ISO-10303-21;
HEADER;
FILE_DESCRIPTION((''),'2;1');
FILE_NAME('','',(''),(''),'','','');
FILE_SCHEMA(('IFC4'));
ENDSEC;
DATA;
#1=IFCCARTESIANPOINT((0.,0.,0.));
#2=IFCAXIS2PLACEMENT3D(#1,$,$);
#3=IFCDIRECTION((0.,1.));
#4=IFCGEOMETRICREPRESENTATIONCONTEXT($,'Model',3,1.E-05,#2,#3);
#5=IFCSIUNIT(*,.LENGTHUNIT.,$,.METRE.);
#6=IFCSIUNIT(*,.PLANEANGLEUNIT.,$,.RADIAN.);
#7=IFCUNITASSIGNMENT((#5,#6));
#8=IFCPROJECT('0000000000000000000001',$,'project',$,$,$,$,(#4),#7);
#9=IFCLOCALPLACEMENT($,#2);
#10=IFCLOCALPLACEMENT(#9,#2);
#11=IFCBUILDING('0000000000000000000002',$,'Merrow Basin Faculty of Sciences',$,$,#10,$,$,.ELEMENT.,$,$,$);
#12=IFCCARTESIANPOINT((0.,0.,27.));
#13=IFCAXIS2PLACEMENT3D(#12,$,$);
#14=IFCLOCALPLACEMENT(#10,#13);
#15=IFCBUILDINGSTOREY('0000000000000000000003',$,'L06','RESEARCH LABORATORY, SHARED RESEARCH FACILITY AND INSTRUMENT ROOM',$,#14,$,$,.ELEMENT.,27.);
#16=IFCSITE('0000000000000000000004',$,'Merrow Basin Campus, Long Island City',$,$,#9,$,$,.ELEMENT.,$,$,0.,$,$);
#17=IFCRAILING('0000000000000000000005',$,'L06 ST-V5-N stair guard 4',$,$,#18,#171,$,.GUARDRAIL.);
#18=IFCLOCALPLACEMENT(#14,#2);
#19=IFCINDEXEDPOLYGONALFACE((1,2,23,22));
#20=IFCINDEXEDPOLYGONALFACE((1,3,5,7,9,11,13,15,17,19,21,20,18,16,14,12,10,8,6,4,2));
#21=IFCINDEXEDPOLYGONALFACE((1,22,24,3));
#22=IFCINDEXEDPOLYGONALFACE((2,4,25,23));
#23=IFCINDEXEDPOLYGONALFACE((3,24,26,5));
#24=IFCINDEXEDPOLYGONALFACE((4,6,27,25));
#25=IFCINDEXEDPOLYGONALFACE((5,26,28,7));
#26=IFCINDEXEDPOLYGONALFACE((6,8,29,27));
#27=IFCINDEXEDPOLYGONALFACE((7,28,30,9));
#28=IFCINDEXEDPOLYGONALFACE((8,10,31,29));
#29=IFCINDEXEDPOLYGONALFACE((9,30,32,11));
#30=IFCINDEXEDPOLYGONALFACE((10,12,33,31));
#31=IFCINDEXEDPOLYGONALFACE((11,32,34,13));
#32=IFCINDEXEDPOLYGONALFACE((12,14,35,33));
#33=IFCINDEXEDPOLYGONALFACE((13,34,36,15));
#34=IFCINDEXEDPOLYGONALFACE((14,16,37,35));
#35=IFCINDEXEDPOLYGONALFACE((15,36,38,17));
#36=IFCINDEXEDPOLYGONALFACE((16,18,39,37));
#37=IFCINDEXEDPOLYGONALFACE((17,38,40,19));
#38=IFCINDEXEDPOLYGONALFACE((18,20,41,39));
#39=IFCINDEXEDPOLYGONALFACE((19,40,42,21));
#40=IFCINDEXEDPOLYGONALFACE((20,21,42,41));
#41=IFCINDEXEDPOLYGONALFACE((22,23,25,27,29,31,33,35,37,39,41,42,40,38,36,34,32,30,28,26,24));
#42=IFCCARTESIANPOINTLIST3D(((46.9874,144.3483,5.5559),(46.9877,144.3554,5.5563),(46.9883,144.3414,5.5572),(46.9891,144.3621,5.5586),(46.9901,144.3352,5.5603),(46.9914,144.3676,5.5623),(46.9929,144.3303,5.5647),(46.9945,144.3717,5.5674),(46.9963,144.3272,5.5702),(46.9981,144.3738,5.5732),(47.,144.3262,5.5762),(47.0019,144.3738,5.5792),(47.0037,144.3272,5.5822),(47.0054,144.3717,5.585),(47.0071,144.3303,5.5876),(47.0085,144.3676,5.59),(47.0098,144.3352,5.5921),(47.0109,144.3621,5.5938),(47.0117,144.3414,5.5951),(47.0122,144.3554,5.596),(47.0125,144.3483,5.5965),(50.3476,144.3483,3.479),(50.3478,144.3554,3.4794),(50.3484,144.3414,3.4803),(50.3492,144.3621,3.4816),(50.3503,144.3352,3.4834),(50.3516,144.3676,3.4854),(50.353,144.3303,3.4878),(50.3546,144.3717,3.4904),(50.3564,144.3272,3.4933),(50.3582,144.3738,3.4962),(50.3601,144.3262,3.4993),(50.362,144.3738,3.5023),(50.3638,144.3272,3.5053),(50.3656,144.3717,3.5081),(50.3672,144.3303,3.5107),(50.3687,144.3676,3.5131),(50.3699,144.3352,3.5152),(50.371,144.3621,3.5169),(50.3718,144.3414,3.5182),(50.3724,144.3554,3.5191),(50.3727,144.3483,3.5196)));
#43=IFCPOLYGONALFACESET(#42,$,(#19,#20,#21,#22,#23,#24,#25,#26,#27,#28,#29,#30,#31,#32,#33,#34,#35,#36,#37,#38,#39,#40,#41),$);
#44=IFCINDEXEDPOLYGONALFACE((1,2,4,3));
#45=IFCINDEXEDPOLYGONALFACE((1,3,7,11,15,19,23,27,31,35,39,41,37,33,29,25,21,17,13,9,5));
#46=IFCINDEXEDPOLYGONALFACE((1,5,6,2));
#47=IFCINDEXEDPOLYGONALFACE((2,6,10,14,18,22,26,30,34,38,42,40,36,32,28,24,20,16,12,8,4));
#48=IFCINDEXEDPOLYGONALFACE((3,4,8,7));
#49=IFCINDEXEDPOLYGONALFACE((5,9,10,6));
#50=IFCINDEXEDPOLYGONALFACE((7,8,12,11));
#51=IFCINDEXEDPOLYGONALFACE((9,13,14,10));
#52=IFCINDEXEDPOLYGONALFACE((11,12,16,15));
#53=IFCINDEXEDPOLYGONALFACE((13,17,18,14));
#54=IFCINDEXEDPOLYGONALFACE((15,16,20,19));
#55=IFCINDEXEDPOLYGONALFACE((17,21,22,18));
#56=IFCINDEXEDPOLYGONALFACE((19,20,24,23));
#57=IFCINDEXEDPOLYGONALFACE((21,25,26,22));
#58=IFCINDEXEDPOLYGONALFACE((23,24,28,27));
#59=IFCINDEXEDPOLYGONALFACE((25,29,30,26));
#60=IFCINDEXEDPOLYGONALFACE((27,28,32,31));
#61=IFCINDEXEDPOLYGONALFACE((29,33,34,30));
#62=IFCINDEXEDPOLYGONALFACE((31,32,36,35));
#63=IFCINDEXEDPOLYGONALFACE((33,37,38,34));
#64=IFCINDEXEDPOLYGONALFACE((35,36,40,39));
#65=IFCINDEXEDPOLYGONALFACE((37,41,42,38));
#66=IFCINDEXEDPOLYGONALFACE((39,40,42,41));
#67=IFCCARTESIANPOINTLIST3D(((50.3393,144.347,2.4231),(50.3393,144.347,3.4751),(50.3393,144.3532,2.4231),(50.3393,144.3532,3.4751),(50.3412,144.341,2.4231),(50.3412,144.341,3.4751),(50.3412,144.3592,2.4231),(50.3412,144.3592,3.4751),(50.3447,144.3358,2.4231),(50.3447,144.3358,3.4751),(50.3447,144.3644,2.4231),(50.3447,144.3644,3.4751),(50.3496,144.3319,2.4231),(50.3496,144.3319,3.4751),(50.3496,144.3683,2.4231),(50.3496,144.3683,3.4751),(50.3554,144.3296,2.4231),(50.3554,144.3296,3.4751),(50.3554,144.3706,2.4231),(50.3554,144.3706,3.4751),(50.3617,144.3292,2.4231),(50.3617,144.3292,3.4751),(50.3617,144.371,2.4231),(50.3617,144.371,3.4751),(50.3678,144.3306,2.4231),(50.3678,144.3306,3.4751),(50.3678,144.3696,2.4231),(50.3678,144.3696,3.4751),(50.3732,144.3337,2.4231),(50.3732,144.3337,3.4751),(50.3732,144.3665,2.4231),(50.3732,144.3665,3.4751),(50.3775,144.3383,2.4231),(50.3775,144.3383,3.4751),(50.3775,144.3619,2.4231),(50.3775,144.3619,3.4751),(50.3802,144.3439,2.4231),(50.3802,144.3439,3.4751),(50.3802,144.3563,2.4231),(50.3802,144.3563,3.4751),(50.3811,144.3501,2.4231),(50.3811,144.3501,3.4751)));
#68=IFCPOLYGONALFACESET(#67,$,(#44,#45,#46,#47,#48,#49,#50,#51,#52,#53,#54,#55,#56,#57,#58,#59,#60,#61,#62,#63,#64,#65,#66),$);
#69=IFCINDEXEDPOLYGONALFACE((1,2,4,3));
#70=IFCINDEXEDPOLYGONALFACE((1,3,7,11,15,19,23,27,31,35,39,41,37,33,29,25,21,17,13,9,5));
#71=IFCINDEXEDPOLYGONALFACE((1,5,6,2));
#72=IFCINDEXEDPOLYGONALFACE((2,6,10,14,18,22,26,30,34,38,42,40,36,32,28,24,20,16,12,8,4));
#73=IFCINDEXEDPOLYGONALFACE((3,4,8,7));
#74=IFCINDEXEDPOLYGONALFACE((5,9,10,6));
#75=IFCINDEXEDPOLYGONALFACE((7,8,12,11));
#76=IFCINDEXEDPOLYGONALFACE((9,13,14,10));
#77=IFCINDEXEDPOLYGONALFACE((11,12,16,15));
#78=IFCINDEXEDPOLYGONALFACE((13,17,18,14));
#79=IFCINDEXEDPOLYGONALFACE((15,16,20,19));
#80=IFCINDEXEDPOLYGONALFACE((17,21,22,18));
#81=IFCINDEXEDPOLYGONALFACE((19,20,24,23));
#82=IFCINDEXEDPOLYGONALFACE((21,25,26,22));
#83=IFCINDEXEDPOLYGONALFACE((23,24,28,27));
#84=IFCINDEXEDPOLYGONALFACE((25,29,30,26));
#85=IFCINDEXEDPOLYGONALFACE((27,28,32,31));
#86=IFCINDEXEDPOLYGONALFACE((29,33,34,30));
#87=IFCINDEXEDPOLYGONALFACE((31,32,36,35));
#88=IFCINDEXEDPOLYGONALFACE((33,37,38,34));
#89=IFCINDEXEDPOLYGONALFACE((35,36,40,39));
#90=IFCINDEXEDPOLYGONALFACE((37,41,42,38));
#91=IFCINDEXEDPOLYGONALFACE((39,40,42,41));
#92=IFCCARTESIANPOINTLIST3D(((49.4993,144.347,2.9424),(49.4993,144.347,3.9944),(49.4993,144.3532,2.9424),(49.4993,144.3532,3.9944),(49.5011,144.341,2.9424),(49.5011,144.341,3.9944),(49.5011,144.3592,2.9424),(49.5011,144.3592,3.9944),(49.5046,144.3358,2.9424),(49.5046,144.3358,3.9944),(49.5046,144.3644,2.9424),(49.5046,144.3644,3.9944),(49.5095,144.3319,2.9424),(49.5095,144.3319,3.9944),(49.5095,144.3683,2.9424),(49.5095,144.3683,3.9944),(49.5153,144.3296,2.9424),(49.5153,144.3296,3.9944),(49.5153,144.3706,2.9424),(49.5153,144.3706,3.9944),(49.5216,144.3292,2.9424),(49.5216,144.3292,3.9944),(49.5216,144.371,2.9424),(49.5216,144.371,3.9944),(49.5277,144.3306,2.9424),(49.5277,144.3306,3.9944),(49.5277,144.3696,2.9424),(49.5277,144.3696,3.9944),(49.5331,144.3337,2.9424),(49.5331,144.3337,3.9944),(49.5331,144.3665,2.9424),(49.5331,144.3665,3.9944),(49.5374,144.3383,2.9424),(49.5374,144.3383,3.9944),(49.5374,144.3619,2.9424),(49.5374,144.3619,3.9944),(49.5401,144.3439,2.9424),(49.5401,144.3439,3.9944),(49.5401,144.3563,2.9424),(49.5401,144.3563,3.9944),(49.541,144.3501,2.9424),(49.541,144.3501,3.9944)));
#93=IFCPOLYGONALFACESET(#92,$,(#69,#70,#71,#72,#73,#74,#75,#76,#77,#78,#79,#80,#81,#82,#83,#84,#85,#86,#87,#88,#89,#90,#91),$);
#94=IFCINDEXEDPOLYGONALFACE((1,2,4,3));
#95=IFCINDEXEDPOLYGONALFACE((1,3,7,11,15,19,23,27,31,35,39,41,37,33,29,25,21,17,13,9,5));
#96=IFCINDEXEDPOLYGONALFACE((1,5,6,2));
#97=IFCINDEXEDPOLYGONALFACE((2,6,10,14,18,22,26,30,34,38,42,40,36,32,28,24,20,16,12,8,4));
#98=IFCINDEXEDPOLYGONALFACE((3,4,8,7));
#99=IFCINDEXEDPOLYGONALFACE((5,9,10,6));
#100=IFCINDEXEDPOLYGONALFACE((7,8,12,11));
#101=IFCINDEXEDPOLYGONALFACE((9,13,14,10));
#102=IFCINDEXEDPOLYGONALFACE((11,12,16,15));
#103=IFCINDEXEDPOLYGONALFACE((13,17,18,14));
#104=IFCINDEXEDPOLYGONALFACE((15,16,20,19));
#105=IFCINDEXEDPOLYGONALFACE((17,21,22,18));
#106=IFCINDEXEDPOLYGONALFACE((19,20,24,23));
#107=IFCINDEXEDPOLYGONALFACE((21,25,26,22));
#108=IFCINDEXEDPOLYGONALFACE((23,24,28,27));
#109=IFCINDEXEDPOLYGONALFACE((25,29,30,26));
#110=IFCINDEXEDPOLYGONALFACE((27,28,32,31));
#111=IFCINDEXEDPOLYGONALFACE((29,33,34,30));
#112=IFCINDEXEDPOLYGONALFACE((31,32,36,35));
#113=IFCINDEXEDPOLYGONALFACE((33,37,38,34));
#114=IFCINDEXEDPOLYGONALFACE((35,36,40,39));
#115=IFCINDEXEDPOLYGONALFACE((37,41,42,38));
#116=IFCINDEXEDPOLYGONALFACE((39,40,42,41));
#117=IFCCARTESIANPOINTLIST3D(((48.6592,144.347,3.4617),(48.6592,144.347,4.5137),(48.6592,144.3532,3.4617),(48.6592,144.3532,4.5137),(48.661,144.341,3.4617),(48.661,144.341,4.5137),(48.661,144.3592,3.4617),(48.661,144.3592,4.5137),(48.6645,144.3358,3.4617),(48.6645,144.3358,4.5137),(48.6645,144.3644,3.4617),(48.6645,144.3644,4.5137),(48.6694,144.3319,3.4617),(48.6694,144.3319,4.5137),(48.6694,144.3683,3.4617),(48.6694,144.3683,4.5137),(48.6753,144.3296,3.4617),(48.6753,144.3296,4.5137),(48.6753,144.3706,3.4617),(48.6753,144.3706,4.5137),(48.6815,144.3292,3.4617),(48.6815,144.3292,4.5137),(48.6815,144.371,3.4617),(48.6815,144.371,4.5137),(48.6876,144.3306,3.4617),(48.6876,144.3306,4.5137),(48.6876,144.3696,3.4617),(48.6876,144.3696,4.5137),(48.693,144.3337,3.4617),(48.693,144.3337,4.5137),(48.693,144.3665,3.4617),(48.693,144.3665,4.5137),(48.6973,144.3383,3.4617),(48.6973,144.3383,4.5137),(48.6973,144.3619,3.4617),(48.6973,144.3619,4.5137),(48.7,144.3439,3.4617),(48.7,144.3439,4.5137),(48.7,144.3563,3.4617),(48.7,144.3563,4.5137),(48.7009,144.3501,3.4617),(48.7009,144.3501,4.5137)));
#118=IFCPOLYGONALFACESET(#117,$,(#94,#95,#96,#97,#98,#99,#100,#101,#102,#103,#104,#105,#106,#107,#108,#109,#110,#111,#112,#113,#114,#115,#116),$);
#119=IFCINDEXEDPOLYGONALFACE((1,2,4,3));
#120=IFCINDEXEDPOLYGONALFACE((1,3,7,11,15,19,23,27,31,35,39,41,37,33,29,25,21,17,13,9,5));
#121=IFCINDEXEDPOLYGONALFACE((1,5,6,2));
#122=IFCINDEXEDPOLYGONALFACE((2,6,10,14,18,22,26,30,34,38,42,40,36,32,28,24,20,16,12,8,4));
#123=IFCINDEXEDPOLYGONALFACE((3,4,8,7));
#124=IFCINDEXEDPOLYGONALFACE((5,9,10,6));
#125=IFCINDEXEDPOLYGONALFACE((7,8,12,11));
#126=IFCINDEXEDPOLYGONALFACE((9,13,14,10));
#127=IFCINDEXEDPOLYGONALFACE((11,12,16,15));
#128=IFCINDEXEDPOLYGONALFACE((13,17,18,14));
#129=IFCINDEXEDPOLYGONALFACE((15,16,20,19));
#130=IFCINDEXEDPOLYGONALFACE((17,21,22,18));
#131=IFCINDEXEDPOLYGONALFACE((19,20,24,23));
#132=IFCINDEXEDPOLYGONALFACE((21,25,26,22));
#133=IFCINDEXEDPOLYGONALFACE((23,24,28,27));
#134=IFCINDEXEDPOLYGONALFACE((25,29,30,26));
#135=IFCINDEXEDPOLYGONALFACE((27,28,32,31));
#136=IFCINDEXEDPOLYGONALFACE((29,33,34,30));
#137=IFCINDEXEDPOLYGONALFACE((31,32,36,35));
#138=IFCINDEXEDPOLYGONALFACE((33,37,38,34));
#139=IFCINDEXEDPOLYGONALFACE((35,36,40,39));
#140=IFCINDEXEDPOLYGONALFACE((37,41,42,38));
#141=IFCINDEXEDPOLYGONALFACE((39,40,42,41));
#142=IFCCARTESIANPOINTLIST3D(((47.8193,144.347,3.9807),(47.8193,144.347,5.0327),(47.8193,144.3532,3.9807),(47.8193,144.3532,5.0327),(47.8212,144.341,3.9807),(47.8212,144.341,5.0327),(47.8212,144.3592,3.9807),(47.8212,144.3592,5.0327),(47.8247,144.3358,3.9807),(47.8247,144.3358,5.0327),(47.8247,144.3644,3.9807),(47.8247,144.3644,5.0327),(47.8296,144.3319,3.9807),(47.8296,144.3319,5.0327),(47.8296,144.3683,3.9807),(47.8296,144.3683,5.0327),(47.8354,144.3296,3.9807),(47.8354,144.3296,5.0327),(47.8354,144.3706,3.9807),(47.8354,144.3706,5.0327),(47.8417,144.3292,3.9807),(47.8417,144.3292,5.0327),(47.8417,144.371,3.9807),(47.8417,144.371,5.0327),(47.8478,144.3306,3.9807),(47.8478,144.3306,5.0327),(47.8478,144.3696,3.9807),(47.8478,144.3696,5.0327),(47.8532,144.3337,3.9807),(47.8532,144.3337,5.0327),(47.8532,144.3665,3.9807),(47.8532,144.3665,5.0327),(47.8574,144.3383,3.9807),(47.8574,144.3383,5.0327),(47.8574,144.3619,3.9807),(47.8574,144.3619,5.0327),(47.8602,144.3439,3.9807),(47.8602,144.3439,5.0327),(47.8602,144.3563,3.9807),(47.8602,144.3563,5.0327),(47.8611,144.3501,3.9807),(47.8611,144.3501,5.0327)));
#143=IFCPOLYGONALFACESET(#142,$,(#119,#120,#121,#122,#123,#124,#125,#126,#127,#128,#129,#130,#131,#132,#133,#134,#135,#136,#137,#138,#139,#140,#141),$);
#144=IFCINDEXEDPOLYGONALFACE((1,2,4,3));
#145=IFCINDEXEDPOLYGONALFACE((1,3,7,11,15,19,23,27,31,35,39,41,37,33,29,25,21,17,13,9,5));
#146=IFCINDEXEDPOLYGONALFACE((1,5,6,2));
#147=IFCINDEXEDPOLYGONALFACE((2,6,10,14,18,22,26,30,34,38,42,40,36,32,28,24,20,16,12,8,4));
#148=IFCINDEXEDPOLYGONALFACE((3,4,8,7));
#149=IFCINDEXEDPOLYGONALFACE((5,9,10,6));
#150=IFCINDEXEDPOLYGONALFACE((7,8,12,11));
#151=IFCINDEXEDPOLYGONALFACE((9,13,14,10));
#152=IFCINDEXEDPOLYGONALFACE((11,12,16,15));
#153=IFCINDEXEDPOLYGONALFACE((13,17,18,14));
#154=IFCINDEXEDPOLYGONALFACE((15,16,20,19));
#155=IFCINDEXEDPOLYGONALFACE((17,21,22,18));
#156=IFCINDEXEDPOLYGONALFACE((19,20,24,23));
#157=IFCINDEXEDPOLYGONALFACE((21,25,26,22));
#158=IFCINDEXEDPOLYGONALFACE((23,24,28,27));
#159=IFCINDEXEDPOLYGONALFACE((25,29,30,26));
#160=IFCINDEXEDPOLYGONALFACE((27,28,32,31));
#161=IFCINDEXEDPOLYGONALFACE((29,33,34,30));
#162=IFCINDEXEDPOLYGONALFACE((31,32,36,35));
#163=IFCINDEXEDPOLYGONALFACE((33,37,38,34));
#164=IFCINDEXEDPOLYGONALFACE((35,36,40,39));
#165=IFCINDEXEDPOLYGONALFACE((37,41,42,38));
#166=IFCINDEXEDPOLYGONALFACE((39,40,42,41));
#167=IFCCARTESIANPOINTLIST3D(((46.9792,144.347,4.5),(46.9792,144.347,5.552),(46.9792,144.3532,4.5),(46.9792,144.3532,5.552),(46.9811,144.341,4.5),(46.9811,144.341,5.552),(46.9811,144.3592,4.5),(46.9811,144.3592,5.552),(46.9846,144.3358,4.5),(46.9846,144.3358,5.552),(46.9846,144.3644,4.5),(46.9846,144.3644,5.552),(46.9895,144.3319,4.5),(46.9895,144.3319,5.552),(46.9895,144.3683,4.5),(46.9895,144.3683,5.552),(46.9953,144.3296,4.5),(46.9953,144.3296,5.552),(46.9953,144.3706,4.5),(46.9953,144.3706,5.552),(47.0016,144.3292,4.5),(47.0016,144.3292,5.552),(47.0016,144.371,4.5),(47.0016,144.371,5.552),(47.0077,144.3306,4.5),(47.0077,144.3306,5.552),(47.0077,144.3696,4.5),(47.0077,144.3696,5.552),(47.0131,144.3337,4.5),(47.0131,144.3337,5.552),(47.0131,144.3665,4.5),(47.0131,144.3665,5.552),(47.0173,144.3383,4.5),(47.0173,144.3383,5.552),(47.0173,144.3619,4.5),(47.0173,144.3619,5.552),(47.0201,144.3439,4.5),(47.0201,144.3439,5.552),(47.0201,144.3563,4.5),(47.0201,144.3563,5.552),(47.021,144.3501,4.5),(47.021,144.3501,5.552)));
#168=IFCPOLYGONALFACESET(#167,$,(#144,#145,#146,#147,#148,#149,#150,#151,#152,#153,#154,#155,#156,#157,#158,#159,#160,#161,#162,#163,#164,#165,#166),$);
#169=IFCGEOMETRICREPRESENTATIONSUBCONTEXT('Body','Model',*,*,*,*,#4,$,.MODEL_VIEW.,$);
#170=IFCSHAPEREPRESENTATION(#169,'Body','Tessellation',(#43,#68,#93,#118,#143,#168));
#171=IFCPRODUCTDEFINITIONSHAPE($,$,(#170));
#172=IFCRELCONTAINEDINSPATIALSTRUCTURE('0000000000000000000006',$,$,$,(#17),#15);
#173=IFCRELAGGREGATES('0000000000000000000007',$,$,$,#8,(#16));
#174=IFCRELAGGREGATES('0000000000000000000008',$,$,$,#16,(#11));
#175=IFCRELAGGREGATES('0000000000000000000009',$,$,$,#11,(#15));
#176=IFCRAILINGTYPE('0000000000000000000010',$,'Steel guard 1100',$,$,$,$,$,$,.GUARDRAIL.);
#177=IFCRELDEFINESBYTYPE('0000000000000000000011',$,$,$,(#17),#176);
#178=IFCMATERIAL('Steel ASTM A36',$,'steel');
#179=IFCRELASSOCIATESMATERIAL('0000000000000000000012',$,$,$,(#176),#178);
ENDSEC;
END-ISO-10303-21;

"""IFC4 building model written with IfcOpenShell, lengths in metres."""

from ifc_helpers import new_model, si_unit, direction, frame, origin, origin_2d, place, context, subcontext, project, spatial, circle, extrude, material, type_object, element, save


model = new_model("IFC4")

# Units and contexts
model_context = context("Model", 3, precision=1e-05, world=origin(), true_north=direction((0.0, 1.0)))
body_context = subcontext(model_context, "Body", "Model", "MODEL_VIEW")
ifc_project = project(units=[si_unit("LENGTHUNIT", "METRE"), si_unit("PLANEANGLEUNIT", "RADIAN")], contexts=[model_context])

# Site, building, storey
site_placement = place(None, origin())
site = spatial("IfcSite", under=ifc_project, at=site_placement, Name="Merrow Basin Campus, Long Island City", CompositionType="ELEMENT", RefElevation=0.0)
building_placement = place(site_placement, origin())
building = spatial("IfcBuilding", under=site, at=building_placement, Name="Merrow Basin Faculty of Sciences", CompositionType="ELEMENT")
storey_placement = place(building_placement, frame((0.0, 0.0, 27.0)))
storey = spatial("IfcBuildingStorey", under=building, at=storey_placement, Name="L06", Description="RESEARCH LABORATORY, SHARED RESEARCH FACILITY AND INSTRUMENT ROOM", CompositionType="ELEMENT", Elevation=27.0)

# Railing
ifc_material_1 = material(Name="Steel ASTM A36", Category="steel")
railing_type_1 = type_object("IfcRailingType", Name="Steel guard 1100", PredefinedType="GUARDRAIL", material=ifc_material_1)
railing_1_placement = place(storey_placement, frame((50.3601, 144.3501, 2.4231)))
element("IfcRailing", 1, at=railing_1_placement, inside=storey, type_object=railing_type_1, Name="L06 ST-V5-N stair guard 4", PredefinedType="GUARDRAIL", context=body_context, shape_type="SweptSolid", body=[
    extrude(circle(Radius=0.0239, at=origin_2d()), frame((0.0, 0.0, 1.0762), z_axis=(-0.850623, 0.0, 0.525776), x_axis=(0.0, -1.0, 0.0)), (0.0, 0.0, 1.0), 3.9502),
    extrude(circle(Radius=0.021, at=origin_2d()), origin(), (0.0, 0.0, 1.0), 1.052),
    extrude(circle(Radius=0.021, at=origin_2d()), frame((-0.8401, 0.0, 0.5193)), (0.0, 0.0, 1.0), 1.052),
    extrude(circle(Radius=0.021, at=origin_2d()), frame((-1.6802, 0.0, 1.0386)), (0.0, 0.0, 1.0), 1.052),
    extrude(circle(Radius=0.021, at=origin_2d()), frame((-2.52, 0.0, 1.5576)), (0.0, 0.0, 1.0), 1.052),
    extrude(circle(Radius=0.021, at=origin_2d()), frame((-3.3601, 0.0, 2.0769)), (0.0, 0.0, 1.0), 1.052),
])

save(model, "model.ifc")
